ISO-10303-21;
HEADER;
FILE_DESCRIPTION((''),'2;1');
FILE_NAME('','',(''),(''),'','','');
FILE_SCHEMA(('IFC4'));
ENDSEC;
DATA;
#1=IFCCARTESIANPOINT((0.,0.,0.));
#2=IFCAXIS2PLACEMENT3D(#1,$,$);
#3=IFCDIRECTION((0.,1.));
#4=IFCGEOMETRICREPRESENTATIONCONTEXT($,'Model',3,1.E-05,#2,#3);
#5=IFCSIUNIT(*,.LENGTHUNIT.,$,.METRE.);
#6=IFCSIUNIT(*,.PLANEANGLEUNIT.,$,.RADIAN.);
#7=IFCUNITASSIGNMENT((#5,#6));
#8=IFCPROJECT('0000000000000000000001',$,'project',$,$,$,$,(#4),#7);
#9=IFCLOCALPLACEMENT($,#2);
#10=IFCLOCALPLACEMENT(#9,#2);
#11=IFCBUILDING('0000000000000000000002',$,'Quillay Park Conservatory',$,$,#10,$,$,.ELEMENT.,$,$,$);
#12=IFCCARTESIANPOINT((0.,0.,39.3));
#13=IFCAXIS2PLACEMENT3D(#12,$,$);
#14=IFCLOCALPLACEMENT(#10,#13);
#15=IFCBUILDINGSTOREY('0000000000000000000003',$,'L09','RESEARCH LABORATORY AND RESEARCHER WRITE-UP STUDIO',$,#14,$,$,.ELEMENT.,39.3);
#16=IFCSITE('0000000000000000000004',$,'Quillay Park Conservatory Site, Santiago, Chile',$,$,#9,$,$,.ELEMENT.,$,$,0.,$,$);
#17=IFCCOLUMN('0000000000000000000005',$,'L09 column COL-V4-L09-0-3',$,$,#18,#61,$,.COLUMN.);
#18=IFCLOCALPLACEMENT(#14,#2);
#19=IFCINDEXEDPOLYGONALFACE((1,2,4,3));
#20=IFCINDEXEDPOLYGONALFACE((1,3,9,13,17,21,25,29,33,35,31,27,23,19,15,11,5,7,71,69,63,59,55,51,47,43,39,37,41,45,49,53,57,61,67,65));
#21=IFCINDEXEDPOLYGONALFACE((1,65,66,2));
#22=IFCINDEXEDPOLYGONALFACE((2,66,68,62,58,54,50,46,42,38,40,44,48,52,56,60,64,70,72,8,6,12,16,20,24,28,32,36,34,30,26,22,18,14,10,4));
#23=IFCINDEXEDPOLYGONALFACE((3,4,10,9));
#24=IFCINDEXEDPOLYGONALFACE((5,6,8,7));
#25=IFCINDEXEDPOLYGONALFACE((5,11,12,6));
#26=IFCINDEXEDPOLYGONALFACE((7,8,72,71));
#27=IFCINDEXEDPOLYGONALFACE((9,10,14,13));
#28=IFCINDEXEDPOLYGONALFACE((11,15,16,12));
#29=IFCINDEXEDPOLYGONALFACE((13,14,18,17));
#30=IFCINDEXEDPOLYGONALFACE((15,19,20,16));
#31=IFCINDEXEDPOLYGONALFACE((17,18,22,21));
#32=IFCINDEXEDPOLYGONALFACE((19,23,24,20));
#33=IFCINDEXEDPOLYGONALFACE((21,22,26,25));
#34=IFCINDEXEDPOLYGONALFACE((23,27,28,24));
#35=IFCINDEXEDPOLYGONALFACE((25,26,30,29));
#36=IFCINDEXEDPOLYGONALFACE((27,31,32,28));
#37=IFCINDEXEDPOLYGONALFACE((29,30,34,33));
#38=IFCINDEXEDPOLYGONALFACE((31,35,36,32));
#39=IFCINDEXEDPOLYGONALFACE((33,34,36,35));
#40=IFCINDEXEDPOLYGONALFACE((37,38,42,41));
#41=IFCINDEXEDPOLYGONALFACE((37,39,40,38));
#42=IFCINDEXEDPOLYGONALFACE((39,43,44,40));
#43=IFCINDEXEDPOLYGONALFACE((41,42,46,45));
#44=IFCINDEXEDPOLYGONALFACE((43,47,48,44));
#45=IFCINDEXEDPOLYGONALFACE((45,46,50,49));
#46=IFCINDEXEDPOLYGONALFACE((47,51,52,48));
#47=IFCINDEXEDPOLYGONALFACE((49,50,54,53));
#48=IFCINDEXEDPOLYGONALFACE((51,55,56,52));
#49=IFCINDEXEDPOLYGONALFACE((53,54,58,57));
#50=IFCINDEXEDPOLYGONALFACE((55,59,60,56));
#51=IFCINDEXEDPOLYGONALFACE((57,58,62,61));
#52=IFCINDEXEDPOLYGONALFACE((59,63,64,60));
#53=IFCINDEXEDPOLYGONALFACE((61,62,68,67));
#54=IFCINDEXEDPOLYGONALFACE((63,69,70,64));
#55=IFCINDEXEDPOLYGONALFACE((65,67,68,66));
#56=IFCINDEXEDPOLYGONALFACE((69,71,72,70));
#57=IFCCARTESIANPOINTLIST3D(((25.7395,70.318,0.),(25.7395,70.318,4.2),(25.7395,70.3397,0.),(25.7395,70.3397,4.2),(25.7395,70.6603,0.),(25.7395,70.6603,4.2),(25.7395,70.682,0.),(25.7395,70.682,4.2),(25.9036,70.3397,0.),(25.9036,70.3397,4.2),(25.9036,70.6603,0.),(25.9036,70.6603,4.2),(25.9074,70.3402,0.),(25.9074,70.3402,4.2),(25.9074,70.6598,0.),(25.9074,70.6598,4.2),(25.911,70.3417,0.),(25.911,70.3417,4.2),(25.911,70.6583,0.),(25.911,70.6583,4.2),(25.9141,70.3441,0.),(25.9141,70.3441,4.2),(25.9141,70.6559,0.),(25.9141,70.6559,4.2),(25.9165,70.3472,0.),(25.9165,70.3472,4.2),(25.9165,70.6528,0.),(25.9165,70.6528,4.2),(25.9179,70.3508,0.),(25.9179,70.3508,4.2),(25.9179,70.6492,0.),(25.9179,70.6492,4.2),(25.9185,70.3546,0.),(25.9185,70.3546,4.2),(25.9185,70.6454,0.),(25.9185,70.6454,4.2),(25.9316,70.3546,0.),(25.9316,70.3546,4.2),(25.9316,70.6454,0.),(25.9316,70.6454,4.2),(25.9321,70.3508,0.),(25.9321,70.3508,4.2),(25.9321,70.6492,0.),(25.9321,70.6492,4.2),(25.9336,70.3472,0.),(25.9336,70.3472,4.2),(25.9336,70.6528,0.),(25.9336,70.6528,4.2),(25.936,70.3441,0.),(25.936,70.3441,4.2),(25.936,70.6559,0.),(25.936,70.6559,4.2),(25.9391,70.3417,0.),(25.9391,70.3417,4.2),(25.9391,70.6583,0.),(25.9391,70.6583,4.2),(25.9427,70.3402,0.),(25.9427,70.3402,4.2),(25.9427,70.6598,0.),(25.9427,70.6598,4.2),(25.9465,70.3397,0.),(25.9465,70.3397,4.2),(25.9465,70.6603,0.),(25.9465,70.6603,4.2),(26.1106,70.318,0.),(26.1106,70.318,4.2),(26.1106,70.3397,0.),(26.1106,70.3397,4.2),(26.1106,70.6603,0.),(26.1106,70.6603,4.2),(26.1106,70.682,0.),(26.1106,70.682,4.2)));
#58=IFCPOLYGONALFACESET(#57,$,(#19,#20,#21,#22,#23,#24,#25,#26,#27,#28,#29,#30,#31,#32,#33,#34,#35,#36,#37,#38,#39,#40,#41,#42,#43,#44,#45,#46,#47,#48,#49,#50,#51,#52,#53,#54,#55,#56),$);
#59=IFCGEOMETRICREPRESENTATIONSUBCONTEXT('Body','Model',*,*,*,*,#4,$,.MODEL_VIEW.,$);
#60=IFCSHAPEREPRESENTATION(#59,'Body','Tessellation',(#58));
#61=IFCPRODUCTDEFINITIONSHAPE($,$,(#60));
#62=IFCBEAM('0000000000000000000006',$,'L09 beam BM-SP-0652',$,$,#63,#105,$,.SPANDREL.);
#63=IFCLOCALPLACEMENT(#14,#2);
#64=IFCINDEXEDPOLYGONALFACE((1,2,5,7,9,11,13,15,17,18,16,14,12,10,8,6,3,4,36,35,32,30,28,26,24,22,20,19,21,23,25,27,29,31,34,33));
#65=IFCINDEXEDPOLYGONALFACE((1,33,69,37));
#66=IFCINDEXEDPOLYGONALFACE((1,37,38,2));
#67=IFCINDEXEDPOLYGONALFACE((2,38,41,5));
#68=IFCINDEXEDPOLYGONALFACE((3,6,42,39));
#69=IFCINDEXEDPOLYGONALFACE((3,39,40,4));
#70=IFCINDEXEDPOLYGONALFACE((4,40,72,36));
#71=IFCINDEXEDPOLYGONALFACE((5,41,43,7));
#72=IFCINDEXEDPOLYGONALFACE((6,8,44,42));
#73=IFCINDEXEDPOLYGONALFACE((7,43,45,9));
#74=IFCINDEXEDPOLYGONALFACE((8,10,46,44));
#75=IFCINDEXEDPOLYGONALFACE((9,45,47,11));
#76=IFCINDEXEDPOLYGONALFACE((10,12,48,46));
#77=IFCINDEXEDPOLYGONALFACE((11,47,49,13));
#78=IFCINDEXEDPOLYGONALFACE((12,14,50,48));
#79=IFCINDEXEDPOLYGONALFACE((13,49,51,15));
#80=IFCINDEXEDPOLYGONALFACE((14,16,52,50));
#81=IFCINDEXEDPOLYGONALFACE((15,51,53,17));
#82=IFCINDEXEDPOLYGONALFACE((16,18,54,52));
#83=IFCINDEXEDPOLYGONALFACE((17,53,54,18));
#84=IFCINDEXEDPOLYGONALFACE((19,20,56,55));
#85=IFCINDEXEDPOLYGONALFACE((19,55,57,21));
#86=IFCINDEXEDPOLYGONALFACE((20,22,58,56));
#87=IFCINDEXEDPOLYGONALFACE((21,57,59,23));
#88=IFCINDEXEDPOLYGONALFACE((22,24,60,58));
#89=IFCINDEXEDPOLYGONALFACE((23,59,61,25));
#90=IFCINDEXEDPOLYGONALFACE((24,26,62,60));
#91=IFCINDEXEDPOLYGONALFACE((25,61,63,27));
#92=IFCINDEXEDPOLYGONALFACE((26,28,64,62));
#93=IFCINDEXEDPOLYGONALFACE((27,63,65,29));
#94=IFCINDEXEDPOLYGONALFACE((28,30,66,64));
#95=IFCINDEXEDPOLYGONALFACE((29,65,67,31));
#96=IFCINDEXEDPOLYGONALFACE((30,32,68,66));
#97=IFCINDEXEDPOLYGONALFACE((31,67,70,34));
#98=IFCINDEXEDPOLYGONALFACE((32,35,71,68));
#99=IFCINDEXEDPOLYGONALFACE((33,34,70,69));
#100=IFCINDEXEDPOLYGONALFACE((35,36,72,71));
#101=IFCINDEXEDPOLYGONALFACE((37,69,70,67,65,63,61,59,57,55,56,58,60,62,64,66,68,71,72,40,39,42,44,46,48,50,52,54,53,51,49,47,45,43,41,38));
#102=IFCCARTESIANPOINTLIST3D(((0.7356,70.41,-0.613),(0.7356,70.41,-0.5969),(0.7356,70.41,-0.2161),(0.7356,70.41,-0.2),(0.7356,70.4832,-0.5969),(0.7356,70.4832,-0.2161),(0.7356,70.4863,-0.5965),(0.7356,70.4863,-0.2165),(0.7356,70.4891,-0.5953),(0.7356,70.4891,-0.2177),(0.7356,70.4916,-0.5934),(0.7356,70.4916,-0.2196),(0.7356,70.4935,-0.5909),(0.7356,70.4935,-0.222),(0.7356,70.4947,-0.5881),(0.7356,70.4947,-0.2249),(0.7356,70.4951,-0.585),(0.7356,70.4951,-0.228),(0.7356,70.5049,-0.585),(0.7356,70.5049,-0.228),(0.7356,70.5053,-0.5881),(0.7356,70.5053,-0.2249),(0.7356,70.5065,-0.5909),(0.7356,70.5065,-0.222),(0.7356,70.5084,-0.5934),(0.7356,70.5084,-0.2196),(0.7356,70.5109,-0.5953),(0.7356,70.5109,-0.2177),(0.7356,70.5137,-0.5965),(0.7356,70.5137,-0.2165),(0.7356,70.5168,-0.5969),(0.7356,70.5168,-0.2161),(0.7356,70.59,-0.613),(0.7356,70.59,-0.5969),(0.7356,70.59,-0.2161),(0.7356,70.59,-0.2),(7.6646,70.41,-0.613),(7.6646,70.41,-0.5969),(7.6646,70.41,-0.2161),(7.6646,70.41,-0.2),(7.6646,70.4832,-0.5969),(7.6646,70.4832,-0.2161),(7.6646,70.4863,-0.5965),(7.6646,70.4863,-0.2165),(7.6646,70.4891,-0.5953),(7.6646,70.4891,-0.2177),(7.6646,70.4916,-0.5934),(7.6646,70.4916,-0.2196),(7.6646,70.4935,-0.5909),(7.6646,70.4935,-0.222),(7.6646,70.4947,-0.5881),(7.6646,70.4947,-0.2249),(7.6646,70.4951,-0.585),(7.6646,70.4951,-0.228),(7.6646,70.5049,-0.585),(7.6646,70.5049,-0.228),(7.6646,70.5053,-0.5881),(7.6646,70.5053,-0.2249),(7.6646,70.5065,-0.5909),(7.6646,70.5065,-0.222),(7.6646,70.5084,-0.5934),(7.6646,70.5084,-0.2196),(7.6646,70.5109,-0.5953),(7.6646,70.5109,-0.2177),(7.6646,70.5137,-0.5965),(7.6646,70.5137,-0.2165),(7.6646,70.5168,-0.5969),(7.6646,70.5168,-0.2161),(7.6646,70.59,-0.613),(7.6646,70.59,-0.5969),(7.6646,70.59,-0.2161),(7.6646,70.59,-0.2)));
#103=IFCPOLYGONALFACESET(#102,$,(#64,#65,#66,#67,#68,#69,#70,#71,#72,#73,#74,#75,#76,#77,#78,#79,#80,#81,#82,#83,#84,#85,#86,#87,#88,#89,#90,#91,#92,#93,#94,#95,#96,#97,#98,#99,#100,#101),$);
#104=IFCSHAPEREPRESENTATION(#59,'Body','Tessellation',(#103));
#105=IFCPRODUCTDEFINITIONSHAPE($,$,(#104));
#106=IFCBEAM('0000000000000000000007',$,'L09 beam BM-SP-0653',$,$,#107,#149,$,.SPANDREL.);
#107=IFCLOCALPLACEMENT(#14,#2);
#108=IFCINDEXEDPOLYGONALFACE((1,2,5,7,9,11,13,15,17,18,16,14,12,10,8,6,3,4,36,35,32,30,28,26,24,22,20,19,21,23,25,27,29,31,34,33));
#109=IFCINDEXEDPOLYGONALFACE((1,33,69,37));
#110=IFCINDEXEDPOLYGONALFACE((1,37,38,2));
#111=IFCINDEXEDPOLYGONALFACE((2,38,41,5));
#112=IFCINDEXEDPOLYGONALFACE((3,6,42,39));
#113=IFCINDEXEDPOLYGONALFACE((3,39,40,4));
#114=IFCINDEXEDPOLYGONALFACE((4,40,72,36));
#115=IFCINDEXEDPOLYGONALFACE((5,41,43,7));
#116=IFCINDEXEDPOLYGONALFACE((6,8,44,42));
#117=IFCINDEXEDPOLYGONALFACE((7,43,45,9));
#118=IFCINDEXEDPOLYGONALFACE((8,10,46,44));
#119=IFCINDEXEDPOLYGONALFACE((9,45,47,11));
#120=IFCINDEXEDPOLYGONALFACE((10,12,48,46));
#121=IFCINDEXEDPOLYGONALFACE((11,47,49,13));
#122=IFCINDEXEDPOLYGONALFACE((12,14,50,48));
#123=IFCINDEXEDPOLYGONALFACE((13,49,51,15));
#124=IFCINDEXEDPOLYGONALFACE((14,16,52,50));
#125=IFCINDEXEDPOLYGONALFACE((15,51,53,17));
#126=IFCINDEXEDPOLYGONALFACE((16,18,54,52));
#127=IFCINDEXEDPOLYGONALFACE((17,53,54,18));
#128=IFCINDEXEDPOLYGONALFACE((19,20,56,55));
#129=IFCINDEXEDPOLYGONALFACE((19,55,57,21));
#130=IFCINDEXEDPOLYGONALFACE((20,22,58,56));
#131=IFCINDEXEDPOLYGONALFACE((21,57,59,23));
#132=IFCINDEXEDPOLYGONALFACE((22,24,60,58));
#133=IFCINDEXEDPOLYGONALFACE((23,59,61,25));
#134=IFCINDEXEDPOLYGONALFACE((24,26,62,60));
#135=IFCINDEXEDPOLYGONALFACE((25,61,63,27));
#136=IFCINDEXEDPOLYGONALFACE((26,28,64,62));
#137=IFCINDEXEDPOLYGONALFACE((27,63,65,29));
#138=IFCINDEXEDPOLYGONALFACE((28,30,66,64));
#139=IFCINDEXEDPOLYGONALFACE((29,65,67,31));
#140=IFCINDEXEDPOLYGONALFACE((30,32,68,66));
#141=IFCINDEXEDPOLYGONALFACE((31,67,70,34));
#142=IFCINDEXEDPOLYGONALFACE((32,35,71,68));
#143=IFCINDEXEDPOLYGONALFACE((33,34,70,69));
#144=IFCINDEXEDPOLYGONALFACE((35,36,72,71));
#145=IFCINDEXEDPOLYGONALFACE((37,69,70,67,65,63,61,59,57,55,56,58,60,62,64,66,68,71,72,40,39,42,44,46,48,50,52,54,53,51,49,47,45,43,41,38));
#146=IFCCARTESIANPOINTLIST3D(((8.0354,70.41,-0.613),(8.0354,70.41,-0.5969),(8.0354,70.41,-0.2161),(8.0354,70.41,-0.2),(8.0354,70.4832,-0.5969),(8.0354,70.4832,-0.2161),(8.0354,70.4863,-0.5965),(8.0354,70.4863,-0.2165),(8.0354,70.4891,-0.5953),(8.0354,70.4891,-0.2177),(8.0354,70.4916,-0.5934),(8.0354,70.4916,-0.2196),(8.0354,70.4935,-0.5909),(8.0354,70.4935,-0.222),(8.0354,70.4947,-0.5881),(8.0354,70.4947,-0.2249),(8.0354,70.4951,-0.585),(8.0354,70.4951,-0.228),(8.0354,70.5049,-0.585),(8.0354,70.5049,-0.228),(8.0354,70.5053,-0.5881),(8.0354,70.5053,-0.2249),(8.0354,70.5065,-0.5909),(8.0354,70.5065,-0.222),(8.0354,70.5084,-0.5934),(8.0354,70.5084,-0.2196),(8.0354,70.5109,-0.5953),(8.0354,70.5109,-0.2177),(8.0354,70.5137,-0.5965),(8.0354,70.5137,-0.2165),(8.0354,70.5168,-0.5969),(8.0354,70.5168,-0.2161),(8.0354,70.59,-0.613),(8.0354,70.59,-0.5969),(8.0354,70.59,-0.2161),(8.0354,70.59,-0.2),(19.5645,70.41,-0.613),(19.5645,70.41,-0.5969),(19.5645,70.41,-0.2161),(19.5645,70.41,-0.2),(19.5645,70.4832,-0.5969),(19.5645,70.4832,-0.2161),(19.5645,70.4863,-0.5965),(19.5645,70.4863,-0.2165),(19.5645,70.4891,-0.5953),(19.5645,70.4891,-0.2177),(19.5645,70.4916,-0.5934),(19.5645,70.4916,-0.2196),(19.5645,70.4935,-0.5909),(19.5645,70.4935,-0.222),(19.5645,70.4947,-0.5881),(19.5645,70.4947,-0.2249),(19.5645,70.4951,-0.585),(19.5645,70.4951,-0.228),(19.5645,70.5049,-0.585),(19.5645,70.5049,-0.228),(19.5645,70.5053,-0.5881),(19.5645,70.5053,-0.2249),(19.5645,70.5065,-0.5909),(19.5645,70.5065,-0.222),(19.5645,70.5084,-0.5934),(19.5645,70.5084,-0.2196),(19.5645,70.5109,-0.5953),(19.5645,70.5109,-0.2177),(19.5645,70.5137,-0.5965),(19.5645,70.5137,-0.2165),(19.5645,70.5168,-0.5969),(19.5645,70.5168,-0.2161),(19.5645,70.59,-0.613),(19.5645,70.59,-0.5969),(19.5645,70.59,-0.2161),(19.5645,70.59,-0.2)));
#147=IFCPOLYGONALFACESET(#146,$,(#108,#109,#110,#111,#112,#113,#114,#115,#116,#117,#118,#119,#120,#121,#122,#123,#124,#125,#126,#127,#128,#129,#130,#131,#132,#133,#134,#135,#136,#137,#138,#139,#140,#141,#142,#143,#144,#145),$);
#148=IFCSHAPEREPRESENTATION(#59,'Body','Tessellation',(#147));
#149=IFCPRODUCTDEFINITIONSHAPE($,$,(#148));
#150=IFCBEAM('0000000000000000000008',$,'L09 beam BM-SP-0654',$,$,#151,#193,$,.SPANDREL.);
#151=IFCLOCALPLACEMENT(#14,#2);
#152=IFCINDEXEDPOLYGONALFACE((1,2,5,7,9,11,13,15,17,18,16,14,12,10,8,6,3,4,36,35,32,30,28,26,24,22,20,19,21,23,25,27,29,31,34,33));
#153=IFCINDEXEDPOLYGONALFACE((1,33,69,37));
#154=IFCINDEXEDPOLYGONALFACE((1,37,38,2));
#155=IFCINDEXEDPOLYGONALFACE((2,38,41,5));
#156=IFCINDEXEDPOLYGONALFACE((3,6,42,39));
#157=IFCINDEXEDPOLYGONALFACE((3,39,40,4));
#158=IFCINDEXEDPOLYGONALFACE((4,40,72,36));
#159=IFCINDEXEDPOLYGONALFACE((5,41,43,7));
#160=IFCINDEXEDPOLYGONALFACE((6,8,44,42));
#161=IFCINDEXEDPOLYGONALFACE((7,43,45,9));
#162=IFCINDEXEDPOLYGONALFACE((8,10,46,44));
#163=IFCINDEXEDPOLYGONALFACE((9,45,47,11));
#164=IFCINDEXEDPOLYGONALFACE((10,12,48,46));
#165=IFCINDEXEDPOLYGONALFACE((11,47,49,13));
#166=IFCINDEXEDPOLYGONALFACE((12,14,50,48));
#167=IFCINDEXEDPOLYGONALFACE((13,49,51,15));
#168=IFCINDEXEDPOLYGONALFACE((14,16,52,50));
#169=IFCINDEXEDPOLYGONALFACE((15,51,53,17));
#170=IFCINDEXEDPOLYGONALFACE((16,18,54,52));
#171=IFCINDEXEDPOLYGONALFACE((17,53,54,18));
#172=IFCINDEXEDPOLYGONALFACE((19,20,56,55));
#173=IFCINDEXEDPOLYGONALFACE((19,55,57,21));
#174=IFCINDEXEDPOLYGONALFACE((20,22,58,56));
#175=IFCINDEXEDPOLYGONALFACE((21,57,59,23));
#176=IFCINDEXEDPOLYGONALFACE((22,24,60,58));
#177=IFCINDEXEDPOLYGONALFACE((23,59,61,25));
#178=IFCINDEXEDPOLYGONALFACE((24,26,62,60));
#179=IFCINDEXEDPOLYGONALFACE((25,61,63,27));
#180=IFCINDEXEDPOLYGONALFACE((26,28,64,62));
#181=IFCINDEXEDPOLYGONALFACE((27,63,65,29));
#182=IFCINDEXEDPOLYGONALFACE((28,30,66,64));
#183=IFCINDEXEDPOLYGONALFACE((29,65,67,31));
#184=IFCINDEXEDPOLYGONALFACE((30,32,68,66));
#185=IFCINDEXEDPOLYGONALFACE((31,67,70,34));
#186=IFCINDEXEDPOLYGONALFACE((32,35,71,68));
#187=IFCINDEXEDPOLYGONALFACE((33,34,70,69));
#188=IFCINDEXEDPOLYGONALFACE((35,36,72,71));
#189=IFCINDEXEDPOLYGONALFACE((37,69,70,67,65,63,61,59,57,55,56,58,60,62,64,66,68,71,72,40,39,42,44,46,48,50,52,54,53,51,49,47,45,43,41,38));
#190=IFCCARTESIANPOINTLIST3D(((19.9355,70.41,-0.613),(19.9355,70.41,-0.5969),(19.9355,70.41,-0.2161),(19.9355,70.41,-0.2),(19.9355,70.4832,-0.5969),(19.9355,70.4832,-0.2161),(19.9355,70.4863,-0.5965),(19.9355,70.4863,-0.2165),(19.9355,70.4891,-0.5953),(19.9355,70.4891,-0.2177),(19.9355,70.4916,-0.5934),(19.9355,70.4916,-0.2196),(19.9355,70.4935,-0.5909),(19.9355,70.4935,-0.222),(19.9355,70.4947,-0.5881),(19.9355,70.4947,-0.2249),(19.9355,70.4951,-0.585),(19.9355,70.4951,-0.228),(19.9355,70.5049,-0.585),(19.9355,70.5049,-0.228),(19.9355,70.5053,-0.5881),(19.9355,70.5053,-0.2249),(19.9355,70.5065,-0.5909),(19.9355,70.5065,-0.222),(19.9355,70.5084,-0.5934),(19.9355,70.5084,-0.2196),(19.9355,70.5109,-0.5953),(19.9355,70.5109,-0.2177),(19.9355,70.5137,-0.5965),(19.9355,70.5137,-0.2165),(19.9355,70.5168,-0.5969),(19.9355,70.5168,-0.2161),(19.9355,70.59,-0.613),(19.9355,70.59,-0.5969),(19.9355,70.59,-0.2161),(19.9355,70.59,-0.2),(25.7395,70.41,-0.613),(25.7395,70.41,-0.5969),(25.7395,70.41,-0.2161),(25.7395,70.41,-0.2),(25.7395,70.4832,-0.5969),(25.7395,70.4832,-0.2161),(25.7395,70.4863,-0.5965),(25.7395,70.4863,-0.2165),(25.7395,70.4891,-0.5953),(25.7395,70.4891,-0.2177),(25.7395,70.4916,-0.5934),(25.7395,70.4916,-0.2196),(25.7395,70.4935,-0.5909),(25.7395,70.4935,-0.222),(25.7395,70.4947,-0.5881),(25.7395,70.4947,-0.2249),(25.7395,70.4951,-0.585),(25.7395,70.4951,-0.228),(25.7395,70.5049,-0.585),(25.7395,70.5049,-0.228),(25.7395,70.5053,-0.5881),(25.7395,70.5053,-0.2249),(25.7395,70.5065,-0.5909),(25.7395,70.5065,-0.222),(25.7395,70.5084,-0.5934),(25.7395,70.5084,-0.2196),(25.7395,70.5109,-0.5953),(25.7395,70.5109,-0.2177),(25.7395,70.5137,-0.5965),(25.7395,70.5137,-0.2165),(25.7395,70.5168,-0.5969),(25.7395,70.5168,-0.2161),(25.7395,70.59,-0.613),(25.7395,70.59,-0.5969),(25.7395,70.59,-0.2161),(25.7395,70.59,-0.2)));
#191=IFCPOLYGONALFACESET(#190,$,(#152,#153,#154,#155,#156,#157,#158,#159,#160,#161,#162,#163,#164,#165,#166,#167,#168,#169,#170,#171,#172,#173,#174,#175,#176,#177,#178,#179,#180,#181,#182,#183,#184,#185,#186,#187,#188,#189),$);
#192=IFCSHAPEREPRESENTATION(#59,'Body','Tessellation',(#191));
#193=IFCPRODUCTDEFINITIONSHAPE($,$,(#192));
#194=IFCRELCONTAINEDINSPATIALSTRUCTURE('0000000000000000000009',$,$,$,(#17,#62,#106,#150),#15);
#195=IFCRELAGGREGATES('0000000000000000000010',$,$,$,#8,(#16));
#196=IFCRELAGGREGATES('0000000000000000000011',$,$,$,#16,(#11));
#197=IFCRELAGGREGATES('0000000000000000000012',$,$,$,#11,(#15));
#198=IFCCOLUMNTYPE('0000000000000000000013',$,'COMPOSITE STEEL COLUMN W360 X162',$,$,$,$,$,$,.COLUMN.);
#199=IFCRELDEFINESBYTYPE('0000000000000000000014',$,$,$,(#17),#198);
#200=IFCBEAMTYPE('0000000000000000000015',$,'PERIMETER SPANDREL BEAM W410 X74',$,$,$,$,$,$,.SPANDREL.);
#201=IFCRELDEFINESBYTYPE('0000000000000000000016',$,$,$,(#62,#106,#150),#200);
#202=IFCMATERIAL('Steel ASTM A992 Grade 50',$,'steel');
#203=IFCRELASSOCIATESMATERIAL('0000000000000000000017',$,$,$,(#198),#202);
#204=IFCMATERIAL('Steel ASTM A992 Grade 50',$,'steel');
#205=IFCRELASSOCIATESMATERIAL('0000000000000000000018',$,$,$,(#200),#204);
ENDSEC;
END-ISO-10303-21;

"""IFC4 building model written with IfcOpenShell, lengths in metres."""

from ifc_helpers import new_model, si_unit, direction, frame, origin, origin_2d, place, context, subcontext, project, spatial, i_section, extrude, material, material_profile, profile_set, type_object, element, save


model = new_model("IFC4")

# Units and contexts
model_context = context("Model", 3, precision=1e-05, world=origin(), true_north=direction((0.0, 1.0)))
body_context = subcontext(model_context, "Body", "Model", "MODEL_VIEW")
ifc_project = project(units=[si_unit("LENGTHUNIT", "METRE"), si_unit("PLANEANGLEUNIT", "RADIAN")], contexts=[model_context])

# Site, building, storey
site_placement = place(None, origin())
site = spatial("IfcSite", under=ifc_project, at=site_placement, Name="Quillay Park Conservatory Site, Santiago, Chile", CompositionType="ELEMENT", RefElevation=0.0)
building_placement = place(site_placement, origin())
building = spatial("IfcBuilding", under=site, at=building_placement, Name="Quillay Park Conservatory", CompositionType="ELEMENT")
storey_placement = place(building_placement, frame((0.0, 0.0, 39.3)))
storey = spatial("IfcBuildingStorey", under=building, at=storey_placement, Name="L09", Description="RESEARCH LABORATORY AND RESEARCHER WRITE-UP STUDIO", CompositionType="ELEMENT", Elevation=39.3)

# Column
ifc_material_1 = material(Name="Steel ASTM A992 Grade 50", Category="steel")
ifc_material_profile_1 = material_profile(ifc_material_1, i_section(OverallWidth=0.3711, OverallDepth=0.364, WebThickness=0.0132, FlangeThickness=0.0217, FilletRadius=0.0149, at=origin_2d()), Name="W360x162")
ifc_profile_set_1 = profile_set([ifc_material_profile_1], Name="Steel ASTM A992 Grade 50")
column_type = type_object("IfcColumnType", Name="COMPOSITE STEEL COLUMN W360 X162", PredefinedType="COLUMN", material=ifc_profile_set_1)
column_placement = place(storey_placement, frame((25.925, 70.5, 0.0), z_axis=(0.0, 0.0, 1.0), x_axis=(1.0, 0.0, 0.0)))
element("IfcColumn", 1, at=column_placement, inside=storey, type_object=column_type, Name="L09 column COL-V4-L09-0-3", PredefinedType="COLUMN", context=body_context, shape_type="SweptSolid", body=[
    extrude(i_section(OverallWidth=0.3711, OverallDepth=0.364, WebThickness=0.0132, FlangeThickness=0.0217, FilletRadius=0.0149, at=origin_2d()), origin(), (0.0, 0.0, 1.0), 4.2),
])

# Beams
ifc_material_2 = material(Name="Steel ASTM A992 Grade 50", Category="steel")
ifc_material_profile_2 = material_profile(ifc_material_2, i_section(OverallWidth=0.1799, OverallDepth=0.4131, WebThickness=0.0098, FlangeThickness=0.0161, FilletRadius=0.012, at=origin_2d()), Name="W410x74")
ifc_profile_set_2 = profile_set([ifc_material_profile_2], Name="Steel ASTM A992 Grade 50")
beam_type = type_object("IfcBeamType", Name="PERIMETER SPANDREL BEAM W410 X74", PredefinedType="SPANDREL", material=ifc_profile_set_2)
beam_1_placement = place(storey_placement, frame((0.7356, 70.5, -0.4065), z_axis=(1.0, 0.0, 0.0), x_axis=(0.0, 1.0, 0.0)))
element("IfcBeam", 2, at=beam_1_placement, inside=storey, type_object=beam_type, Name="L09 beam BM-SP-0652", PredefinedType="SPANDREL", context=body_context, shape_type="SweptSolid", body=[
    extrude(i_section(OverallWidth=0.1799, OverallDepth=0.4131, WebThickness=0.0098, FlangeThickness=0.0161, FilletRadius=0.012, at=origin_2d()), origin(), (0.0, 0.0, 1.0), 6.929),
])
beam_2_placement = place(storey_placement, frame((8.0354, 70.5, -0.4065), z_axis=(1.0, 0.0, 0.0), x_axis=(0.0, 1.0, 0.0)))
element("IfcBeam", 3, at=beam_2_placement, inside=storey, type_object=beam_type, Name="L09 beam BM-SP-0653", PredefinedType="SPANDREL", context=body_context, shape_type="SweptSolid", body=[
    extrude(i_section(OverallWidth=0.1799, OverallDepth=0.4131, WebThickness=0.0098, FlangeThickness=0.0161, FilletRadius=0.012, at=origin_2d()), origin(), (0.0, 0.0, 1.0), 11.5291),
])
beam_3_placement = place(storey_placement, frame((19.9355, 70.5, -0.4065), z_axis=(1.0, 0.0, 0.0), x_axis=(0.0, 1.0, 0.0)))
element("IfcBeam", 4, at=beam_3_placement, inside=storey, type_object=beam_type, Name="L09 beam BM-SP-0654", PredefinedType="SPANDREL", context=body_context, shape_type="SweptSolid", body=[
    extrude(i_section(OverallWidth=0.1799, OverallDepth=0.4131, WebThickness=0.0098, FlangeThickness=0.0161, FilletRadius=0.012, at=origin_2d()), origin(), (0.0, 0.0, 1.0), 5.804),
])

save(model, "model.ifc")
